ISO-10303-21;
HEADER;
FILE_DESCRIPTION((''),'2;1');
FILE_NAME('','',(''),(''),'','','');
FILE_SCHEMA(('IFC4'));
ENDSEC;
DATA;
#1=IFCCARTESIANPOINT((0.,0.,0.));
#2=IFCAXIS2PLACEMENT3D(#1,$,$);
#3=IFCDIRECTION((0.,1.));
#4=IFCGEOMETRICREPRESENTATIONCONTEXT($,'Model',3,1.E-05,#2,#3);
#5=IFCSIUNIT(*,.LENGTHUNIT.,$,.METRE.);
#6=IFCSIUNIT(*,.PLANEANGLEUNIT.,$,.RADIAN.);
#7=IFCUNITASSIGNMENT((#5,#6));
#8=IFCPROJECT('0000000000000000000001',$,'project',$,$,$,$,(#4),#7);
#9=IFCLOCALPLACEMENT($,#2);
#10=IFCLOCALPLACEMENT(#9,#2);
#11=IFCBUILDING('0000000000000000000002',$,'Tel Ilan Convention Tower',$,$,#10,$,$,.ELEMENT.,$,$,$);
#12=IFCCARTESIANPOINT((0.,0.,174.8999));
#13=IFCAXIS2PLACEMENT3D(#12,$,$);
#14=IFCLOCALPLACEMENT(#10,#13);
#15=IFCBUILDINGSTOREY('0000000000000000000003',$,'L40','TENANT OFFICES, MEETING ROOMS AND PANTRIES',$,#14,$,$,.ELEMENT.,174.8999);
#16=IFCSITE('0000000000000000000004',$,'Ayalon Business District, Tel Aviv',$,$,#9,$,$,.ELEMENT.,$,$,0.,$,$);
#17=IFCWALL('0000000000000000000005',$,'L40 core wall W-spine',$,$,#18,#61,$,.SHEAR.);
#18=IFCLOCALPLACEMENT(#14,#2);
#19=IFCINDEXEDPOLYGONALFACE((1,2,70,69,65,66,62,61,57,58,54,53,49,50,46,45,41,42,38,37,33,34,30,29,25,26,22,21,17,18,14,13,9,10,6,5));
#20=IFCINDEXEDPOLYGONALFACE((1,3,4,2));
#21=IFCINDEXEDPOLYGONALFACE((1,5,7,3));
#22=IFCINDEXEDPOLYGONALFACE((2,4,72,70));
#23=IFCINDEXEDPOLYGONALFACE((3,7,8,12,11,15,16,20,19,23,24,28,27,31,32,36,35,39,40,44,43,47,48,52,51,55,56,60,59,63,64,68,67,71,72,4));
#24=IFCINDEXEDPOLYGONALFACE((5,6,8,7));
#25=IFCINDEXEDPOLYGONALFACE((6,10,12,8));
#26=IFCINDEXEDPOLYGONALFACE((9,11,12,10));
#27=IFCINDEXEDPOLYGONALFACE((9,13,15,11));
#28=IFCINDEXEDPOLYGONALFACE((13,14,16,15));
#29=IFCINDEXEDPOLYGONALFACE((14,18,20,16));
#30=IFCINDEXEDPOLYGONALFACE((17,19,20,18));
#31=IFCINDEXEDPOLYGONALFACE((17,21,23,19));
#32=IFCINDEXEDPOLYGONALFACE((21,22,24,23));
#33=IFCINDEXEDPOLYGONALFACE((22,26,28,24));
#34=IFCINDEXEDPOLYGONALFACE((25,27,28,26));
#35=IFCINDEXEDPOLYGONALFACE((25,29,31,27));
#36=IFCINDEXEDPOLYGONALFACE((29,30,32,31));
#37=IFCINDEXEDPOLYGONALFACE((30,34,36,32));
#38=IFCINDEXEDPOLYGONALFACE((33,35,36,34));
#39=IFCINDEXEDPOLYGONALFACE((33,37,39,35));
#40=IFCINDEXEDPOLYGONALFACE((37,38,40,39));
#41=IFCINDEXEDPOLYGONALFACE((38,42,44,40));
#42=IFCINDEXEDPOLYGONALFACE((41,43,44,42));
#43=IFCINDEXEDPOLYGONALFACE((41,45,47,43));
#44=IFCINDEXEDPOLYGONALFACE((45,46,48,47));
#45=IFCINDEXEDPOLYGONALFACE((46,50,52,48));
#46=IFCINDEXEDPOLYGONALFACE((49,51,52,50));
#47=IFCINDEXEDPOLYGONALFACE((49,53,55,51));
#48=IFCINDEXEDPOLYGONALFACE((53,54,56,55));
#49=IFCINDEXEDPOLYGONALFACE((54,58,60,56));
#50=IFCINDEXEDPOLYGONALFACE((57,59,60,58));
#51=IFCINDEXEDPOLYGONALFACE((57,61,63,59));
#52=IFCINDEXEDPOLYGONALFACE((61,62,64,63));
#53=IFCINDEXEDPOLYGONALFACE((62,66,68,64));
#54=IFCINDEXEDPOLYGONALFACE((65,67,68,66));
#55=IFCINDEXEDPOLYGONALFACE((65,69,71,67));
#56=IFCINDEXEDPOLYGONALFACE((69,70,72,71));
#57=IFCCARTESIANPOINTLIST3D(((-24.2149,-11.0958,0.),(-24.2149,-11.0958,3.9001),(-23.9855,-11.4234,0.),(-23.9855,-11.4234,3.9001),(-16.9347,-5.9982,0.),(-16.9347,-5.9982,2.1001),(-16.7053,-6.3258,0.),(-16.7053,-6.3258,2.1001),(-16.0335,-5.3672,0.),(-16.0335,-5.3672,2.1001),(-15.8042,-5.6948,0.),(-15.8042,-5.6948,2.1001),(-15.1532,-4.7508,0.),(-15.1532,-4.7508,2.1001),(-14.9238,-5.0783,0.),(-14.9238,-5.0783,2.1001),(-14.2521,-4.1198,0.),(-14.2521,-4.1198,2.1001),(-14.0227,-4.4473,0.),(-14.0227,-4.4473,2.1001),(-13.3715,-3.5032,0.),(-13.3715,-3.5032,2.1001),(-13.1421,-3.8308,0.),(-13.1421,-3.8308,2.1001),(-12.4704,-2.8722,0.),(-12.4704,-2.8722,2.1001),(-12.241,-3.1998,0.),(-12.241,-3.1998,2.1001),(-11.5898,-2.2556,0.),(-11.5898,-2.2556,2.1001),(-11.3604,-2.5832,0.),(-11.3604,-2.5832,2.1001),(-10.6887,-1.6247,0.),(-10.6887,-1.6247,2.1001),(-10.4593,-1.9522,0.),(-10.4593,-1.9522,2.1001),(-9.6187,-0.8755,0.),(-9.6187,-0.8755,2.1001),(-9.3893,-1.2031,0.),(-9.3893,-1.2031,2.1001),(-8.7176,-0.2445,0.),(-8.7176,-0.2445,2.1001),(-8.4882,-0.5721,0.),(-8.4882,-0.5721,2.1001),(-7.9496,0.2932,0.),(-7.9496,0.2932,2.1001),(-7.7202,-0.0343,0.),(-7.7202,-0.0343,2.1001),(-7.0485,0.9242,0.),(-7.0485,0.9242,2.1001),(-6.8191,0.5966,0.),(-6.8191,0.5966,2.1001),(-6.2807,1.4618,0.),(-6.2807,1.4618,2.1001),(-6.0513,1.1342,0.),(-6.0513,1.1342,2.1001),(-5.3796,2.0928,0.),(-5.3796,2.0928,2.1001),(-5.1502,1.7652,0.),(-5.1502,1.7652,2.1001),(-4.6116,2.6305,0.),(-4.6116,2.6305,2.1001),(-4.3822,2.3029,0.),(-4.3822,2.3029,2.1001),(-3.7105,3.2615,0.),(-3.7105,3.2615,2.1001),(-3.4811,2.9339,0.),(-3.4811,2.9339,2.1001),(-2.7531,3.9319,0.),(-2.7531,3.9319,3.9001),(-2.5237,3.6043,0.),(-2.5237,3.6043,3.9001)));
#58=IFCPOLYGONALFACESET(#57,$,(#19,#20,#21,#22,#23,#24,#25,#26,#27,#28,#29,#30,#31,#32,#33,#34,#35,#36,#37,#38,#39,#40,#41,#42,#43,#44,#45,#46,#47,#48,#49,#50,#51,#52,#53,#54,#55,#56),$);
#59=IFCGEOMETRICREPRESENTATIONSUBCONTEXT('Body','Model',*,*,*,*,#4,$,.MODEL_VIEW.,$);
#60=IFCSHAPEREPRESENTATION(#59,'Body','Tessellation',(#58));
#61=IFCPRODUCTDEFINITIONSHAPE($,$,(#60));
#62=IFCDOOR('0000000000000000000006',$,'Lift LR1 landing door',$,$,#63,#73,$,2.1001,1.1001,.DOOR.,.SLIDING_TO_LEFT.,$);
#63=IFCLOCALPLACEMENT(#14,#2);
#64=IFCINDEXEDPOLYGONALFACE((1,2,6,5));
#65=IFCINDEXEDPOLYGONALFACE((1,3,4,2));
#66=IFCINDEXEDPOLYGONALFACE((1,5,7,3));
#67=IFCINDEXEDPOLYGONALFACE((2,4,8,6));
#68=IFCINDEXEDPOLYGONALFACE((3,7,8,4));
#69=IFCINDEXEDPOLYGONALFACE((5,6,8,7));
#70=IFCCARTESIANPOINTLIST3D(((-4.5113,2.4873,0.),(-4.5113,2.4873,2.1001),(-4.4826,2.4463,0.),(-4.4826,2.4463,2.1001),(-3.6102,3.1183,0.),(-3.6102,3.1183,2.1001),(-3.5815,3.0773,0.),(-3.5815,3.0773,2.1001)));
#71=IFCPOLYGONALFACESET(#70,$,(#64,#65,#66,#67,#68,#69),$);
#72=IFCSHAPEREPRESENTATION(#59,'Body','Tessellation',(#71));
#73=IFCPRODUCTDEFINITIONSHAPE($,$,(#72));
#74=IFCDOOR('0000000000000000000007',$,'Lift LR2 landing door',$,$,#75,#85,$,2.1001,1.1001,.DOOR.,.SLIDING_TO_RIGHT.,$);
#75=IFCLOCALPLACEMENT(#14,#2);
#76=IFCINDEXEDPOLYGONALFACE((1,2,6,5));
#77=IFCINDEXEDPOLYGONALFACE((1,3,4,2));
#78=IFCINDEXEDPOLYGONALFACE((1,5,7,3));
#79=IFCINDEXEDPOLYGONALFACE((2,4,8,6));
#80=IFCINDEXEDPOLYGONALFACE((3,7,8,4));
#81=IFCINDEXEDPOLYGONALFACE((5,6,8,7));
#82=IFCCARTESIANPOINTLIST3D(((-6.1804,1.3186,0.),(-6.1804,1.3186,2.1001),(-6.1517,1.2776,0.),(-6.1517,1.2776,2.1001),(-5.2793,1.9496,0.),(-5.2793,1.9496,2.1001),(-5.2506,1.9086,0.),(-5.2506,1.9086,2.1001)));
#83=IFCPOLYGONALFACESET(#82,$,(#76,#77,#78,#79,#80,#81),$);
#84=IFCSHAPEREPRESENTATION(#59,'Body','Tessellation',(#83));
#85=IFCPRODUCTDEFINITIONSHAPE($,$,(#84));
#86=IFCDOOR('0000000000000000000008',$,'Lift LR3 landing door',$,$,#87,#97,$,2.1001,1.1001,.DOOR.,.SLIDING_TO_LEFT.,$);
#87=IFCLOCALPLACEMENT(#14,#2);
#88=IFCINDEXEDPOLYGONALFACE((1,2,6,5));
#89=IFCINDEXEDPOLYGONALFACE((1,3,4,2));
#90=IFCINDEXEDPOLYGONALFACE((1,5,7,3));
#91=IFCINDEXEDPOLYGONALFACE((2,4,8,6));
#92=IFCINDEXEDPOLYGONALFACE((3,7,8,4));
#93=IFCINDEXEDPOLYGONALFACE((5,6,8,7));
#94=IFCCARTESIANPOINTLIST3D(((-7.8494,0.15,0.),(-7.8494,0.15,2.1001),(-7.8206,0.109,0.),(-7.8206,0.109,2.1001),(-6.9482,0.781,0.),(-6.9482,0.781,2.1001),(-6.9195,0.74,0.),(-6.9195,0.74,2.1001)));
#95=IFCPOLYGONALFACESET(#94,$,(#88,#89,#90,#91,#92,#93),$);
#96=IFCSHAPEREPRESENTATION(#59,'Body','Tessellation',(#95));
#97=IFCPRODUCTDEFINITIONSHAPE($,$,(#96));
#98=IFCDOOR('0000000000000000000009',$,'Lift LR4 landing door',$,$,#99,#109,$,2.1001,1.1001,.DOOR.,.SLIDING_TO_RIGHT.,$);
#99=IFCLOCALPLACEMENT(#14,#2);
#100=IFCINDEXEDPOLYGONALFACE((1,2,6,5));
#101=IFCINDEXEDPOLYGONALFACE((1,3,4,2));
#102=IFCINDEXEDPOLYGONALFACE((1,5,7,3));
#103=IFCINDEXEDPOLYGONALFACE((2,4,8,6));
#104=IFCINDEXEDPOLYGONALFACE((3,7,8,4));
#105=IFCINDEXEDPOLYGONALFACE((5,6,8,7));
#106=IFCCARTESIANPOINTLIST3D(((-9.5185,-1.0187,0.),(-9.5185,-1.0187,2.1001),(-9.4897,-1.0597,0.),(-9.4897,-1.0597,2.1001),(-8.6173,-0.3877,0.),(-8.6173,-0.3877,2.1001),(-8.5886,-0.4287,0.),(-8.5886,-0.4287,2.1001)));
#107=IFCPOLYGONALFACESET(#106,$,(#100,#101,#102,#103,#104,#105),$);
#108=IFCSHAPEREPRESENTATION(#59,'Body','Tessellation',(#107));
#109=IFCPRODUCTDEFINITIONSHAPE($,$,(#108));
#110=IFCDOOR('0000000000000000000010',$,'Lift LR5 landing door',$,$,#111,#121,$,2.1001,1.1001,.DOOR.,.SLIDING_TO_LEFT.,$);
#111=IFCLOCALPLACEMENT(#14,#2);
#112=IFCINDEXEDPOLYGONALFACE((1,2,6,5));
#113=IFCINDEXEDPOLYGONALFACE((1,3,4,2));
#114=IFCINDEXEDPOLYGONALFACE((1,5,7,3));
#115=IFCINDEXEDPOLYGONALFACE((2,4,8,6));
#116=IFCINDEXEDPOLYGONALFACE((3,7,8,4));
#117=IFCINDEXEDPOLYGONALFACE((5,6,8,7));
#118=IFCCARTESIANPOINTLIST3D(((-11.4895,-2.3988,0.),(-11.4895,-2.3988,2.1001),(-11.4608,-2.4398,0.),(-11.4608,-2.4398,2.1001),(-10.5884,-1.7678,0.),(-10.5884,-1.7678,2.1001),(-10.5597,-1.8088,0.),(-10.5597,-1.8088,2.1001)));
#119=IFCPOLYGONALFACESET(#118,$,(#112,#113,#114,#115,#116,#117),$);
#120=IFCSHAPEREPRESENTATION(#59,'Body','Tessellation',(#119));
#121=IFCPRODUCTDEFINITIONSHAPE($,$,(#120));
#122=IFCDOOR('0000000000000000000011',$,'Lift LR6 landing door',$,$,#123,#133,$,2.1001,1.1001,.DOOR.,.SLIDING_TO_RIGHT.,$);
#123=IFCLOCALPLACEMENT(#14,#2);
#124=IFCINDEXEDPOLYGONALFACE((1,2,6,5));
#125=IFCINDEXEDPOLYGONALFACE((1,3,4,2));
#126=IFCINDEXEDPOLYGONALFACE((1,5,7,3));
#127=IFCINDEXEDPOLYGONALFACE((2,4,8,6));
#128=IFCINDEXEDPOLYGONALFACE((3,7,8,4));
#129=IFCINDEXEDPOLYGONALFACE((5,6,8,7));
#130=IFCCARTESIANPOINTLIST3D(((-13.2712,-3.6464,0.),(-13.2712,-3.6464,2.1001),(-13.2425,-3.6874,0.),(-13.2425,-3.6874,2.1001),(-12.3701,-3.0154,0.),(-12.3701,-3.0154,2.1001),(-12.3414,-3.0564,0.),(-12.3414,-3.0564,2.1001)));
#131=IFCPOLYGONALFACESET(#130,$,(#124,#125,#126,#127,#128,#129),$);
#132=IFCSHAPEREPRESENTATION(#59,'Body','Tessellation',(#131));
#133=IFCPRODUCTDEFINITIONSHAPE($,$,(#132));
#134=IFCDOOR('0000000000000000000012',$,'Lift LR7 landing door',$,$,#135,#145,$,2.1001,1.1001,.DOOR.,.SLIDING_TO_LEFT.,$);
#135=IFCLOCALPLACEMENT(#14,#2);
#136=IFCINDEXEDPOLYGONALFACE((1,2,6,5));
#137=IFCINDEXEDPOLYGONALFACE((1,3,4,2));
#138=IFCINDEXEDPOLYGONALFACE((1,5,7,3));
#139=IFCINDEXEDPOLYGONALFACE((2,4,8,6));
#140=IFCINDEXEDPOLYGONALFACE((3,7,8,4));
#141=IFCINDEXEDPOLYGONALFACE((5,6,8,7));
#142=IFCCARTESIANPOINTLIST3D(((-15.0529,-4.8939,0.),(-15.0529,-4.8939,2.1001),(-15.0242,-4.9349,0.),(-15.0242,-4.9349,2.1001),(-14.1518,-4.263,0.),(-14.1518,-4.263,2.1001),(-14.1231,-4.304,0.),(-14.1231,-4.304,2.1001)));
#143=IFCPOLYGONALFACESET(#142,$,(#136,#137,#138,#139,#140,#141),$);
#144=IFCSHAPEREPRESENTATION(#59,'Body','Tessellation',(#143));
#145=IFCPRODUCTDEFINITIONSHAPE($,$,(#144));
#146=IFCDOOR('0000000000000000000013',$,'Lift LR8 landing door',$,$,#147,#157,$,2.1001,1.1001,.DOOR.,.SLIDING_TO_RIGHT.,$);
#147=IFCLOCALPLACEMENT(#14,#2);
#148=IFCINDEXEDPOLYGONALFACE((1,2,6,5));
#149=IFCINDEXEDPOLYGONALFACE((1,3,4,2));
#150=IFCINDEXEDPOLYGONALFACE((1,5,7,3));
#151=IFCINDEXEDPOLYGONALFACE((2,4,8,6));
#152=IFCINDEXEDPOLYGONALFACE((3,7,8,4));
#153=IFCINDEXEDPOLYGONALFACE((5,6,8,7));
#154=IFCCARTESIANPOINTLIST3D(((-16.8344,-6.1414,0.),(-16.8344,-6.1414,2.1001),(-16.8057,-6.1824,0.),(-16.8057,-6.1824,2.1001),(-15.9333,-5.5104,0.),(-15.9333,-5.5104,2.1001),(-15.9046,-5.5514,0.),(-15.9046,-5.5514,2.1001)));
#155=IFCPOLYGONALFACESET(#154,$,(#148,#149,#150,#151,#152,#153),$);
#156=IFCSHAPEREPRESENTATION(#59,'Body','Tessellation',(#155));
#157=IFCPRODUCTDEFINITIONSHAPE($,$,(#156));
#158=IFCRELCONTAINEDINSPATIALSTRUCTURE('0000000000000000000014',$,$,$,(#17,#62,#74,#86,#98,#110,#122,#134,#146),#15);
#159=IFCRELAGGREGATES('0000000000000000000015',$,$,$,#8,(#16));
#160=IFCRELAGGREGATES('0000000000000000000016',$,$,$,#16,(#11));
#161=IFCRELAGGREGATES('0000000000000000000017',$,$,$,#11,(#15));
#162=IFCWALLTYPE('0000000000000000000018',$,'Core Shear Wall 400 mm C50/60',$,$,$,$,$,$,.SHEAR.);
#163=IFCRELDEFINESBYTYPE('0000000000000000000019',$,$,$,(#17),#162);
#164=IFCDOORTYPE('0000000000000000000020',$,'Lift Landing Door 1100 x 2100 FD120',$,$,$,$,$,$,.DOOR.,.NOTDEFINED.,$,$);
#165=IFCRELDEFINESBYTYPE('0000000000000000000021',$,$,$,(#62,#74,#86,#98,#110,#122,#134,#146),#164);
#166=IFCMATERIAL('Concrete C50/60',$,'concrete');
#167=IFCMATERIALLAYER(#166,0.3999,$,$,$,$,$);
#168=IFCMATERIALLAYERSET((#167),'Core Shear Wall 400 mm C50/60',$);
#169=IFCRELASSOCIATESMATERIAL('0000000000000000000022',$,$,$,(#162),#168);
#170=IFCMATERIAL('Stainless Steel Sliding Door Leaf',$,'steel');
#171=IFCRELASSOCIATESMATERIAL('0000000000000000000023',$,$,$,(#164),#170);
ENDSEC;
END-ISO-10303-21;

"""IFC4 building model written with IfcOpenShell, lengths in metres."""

from ifc_helpers import new_model, si_unit, direction, frame, frame_2d, origin, place, context, subcontext, project, spatial, polyline, rectangle, outline, extrude, material, layer, layer_set, type_object, element, fill, save


model = new_model("IFC4")

# Units and contexts
model_context = context("Model", 3, precision=1e-05, world=origin(), true_north=direction((0.0, 1.0)))
body_context = subcontext(model_context, "Body", "Model", "MODEL_VIEW")
ifc_project = project(units=[si_unit("LENGTHUNIT", "METRE"), si_unit("PLANEANGLEUNIT", "RADIAN")], contexts=[model_context])

# Site, building, storey
site_placement = place(None, origin())
site = spatial("IfcSite", under=ifc_project, at=site_placement, Name="Ayalon Business District, Tel Aviv", CompositionType="ELEMENT", RefElevation=0.0)
building_placement = place(site_placement, origin())
building = spatial("IfcBuilding", under=site, at=building_placement, Name="Tel Ilan Convention Tower", CompositionType="ELEMENT")
storey_placement = place(building_placement, frame((0.0, 0.0, 174.8999)))
storey = spatial("IfcBuildingStorey", under=building, at=storey_placement, Name="L40", Description="TENANT OFFICES, MEETING ROOMS AND PANTRIES", CompositionType="ELEMENT", Elevation=174.8999)

# Wall, openings, doors
ifc_material_1 = material(Name="Concrete C50/60", Category="concrete")
ifc_layer_1 = layer(ifc_material_1, 0.3999)
ifc_layer_set_1 = layer_set([ifc_layer_1], Name="Core Shear Wall 400 mm C50/60")
wall_type_1 = type_object("IfcWallType", Name="Core Shear Wall 400 mm C50/60", PredefinedType="SHEAR", material=ifc_layer_set_1)
wall_1_placement = place(storey_placement, frame((-2.6384, 3.7681, 0.0), z_axis=(0.0, 0.0, 1.0), x_axis=(-0.819153, -0.573576, 0.0)))
wall_1 = element("IfcWall", 1, at=wall_1_placement, inside=storey, type_object=wall_type_1, Name="L40 core wall W-spine", PredefinedType="SHEAR", context=body_context, shape_type="SweptSolid", body=[
    extrude(outline(polyline([(26.2, 0.2), (0.0, 0.2), (0.0, -0.2), (26.2, -0.2), (26.2, 0.2)])), origin(), (0.0, 0.0, 1.0), 3.9001),
])
opening_1_placement = place(wall_1_placement, frame((1.1687, 0.0, 0.0)))
opening_1 = element("IfcOpeningElement", 2, at=opening_1_placement, cuts=wall_1, PredefinedType="OPENING", context=body_context, shape_type="SweptSolid", body=[
    extrude(rectangle(XDim=1.1001, YDim=2.1001, at=frame_2d((0.55, 1.05))), frame((0.0, 0.21, 0.0), z_axis=(0.0, -1.0, 0.0), x_axis=(1.0, 0.0, 0.0)), (0.0, 0.0, 1.0), 0.4199),
])
opening_2_placement = place(wall_1_placement, frame((3.2063, 0.0, 0.0)))
opening_2 = element("IfcOpeningElement", 3, at=opening_2_placement, cuts=wall_1, PredefinedType="OPENING", context=body_context, shape_type="SweptSolid", body=[
    extrude(rectangle(XDim=1.1001, YDim=2.1001, at=frame_2d((0.55, 1.05))), frame((0.0, 0.21, 0.0), z_axis=(0.0, -1.0, 0.0), x_axis=(1.0, 0.0, 0.0)), (0.0, 0.0, 1.0), 0.4199),
])
opening_3_placement = place(wall_1_placement, frame((5.2437, 0.0, 0.0)))
opening_3 = element("IfcOpeningElement", 4, at=opening_3_placement, cuts=wall_1, PredefinedType="OPENING", context=body_context, shape_type="SweptSolid", body=[
    extrude(rectangle(XDim=1.1001, YDim=2.1001, at=frame_2d((0.55, 1.05))), frame((0.0, 0.21, 0.0), z_axis=(0.0, -1.0, 0.0), x_axis=(1.0, 0.0, 0.0)), (0.0, 0.0, 1.0), 0.4199),
])
opening_4_placement = place(wall_1_placement, frame((7.2812, 0.0, 0.0)))
opening_4 = element("IfcOpeningElement", 5, at=opening_4_placement, cuts=wall_1, PredefinedType="OPENING", context=body_context, shape_type="SweptSolid", body=[
    extrude(rectangle(XDim=1.1001, YDim=2.1001, at=frame_2d((0.55, 1.05))), frame((0.0, 0.21, 0.0), z_axis=(0.0, -1.0, 0.0), x_axis=(1.0, 0.0, 0.0)), (0.0, 0.0, 1.0), 0.4199),
])
opening_5_placement = place(wall_1_placement, frame((9.6875, 0.0, 0.0)))
opening_5 = element("IfcOpeningElement", 6, at=opening_5_placement, cuts=wall_1, PredefinedType="OPENING", context=body_context, shape_type="SweptSolid", body=[
    extrude(rectangle(XDim=1.1001, YDim=2.1001, at=frame_2d((0.55, 1.05))), frame((0.0, 0.21, 0.0), z_axis=(0.0, -1.0, 0.0), x_axis=(1.0, 0.0, 0.0)), (0.0, 0.0, 1.0), 0.4199),
])
opening_6_placement = place(wall_1_placement, frame((11.8625, 0.0, 0.0)))
opening_6 = element("IfcOpeningElement", 7, at=opening_6_placement, cuts=wall_1, PredefinedType="OPENING", context=body_context, shape_type="SweptSolid", body=[
    extrude(rectangle(XDim=1.1001, YDim=2.1001, at=frame_2d((0.55, 1.05))), frame((0.0, 0.21, 0.0), z_axis=(0.0, -1.0, 0.0), x_axis=(1.0, 0.0, 0.0)), (0.0, 0.0, 1.0), 0.4199),
])
opening_7_placement = place(wall_1_placement, frame((14.0376, 0.0, 0.0)))
opening_7 = element("IfcOpeningElement", 8, at=opening_7_placement, cuts=wall_1, PredefinedType="OPENING", context=body_context, shape_type="SweptSolid", body=[
    extrude(rectangle(XDim=1.1001, YDim=2.1001, at=frame_2d((0.55, 1.05))), frame((0.0, 0.21, 0.0), z_axis=(0.0, -1.0, 0.0), x_axis=(1.0, 0.0, 0.0)), (0.0, 0.0, 1.0), 0.4199),
])
opening_8_placement = place(wall_1_placement, frame((16.2124, 0.0, 0.0)))
opening_8 = element("IfcOpeningElement", 9, at=opening_8_placement, cuts=wall_1, PredefinedType="OPENING", context=body_context, shape_type="SweptSolid", body=[
    extrude(rectangle(XDim=1.1001, YDim=2.1001, at=frame_2d((0.55, 1.05))), frame((0.0, 0.21, 0.0), z_axis=(0.0, -1.0, 0.0), x_axis=(1.0, 0.0, 0.0)), (0.0, 0.0, 1.0), 0.4199),
])
ifc_material_2 = material(Name="Stainless Steel Sliding Door Leaf", Category="steel")
door_type = type_object("IfcDoorType", Name="Lift Landing Door 1100 x 2100 FD120", OperationType="NOTDEFINED", PredefinedType="DOOR", material=ifc_material_2)
door_1_placement = place(opening_1_placement, origin())
door_1 = element("IfcDoor", 10, at=door_1_placement, inside=storey, type_object=door_type, Name="Lift LR1 landing door", OperationType="SLIDING_TO_LEFT", OverallHeight=2.1001, OverallWidth=1.1001, PredefinedType="DOOR", context=body_context, shape_type="SweptSolid", body=[
    extrude(rectangle(XDim=1.1001, YDim=2.1001, at=frame_2d((0.55, 1.05))), frame((0.0, 0.0249, 0.0), z_axis=(0.0, -1.0, 0.0), x_axis=(1.0, 0.0, 0.0)), (0.0, 0.0, 1.0), 0.05),
])
fill(opening_1, door_1)
door_2_placement = place(opening_2_placement, origin())
door_2 = element("IfcDoor", 11, at=door_2_placement, inside=storey, type_object=door_type, Name="Lift LR2 landing door", OperationType="SLIDING_TO_RIGHT", OverallHeight=2.1001, OverallWidth=1.1001, PredefinedType="DOOR", context=body_context, shape_type="SweptSolid", body=[
    extrude(rectangle(XDim=1.1001, YDim=2.1001, at=frame_2d((0.55, 1.05))), frame((0.0, 0.0249, 0.0), z_axis=(0.0, -1.0, 0.0), x_axis=(1.0, 0.0, 0.0)), (0.0, 0.0, 1.0), 0.05),
])
fill(opening_2, door_2)
door_3_placement = place(opening_3_placement, origin())
door_3 = element("IfcDoor", 12, at=door_3_placement, inside=storey, type_object=door_type, Name="Lift LR3 landing door", OperationType="SLIDING_TO_LEFT", OverallHeight=2.1001, OverallWidth=1.1001, PredefinedType="DOOR", context=body_context, shape_type="SweptSolid", body=[
    extrude(rectangle(XDim=1.1001, YDim=2.1001, at=frame_2d((0.55, 1.05))), frame((0.0, 0.0249, 0.0), z_axis=(0.0, -1.0, 0.0), x_axis=(1.0, 0.0, 0.0)), (0.0, 0.0, 1.0), 0.05),
])
fill(opening_3, door_3)
door_4_placement = place(opening_4_placement, origin())
door_4 = element("IfcDoor", 13, at=door_4_placement, inside=storey, type_object=door_type, Name="Lift LR4 landing door", OperationType="SLIDING_TO_RIGHT", OverallHeight=2.1001, OverallWidth=1.1001, PredefinedType="DOOR", context=body_context, shape_type="SweptSolid", body=[
    extrude(rectangle(XDim=1.1001, YDim=2.1001, at=frame_2d((0.55, 1.05))), frame((0.0, 0.0249, 0.0), z_axis=(0.0, -1.0, 0.0), x_axis=(1.0, 0.0, 0.0)), (0.0, 0.0, 1.0), 0.05),
])
fill(opening_4, door_4)
door_5_placement = place(opening_5_placement, origin())
door_5 = element("IfcDoor", 14, at=door_5_placement, inside=storey, type_object=door_type, Name="Lift LR5 landing door", OperationType="SLIDING_TO_LEFT", OverallHeight=2.1001, OverallWidth=1.1001, PredefinedType="DOOR", context=body_context, shape_type="SweptSolid", body=[
    extrude(rectangle(XDim=1.1001, YDim=2.1001, at=frame_2d((0.55, 1.05))), frame((0.0, 0.0249, 0.0), z_axis=(0.0, -1.0, 0.0), x_axis=(1.0, 0.0, 0.0)), (0.0, 0.0, 1.0), 0.05),
])
fill(opening_5, door_5)
door_6_placement = place(opening_6_placement, origin())
door_6 = element("IfcDoor", 15, at=door_6_placement, inside=storey, type_object=door_type, Name="Lift LR6 landing door", OperationType="SLIDING_TO_RIGHT", OverallHeight=2.1001, OverallWidth=1.1001, PredefinedType="DOOR", context=body_context, shape_type="SweptSolid", body=[
    extrude(rectangle(XDim=1.1001, YDim=2.1001, at=frame_2d((0.55, 1.05))), frame((0.0, 0.0249, 0.0), z_axis=(0.0, -1.0, 0.0), x_axis=(1.0, 0.0, 0.0)), (0.0, 0.0, 1.0), 0.05),
])
fill(opening_6, door_6)
door_7_placement = place(opening_7_placement, origin())
door_7 = element("IfcDoor", 16, at=door_7_placement, inside=storey, type_object=door_type, Name="Lift LR7 landing door", OperationType="SLIDING_TO_LEFT", OverallHeight=2.1001, OverallWidth=1.1001, PredefinedType="DOOR", context=body_context, shape_type="SweptSolid", body=[
    extrude(rectangle(XDim=1.1001, YDim=2.1001, at=frame_2d((0.55, 1.05))), frame((0.0, 0.0249, 0.0), z_axis=(0.0, -1.0, 0.0), x_axis=(1.0, 0.0, 0.0)), (0.0, 0.0, 1.0), 0.05),
])
fill(opening_7, door_7)
door_8_placement = place(opening_8_placement, origin())
door_8 = element("IfcDoor", 17, at=door_8_placement, inside=storey, type_object=door_type, Name="Lift LR8 landing door", OperationType="SLIDING_TO_RIGHT", OverallHeight=2.1001, OverallWidth=1.1001, PredefinedType="DOOR", context=body_context, shape_type="SweptSolid", body=[
    extrude(rectangle(XDim=1.1001, YDim=2.1001, at=frame_2d((0.55, 1.05))), frame((0.0, 0.0249, 0.0), z_axis=(0.0, -1.0, 0.0), x_axis=(1.0, 0.0, 0.0)), (0.0, 0.0, 1.0), 0.05),
])
fill(opening_8, door_8)

save(model, "model.ifc")
